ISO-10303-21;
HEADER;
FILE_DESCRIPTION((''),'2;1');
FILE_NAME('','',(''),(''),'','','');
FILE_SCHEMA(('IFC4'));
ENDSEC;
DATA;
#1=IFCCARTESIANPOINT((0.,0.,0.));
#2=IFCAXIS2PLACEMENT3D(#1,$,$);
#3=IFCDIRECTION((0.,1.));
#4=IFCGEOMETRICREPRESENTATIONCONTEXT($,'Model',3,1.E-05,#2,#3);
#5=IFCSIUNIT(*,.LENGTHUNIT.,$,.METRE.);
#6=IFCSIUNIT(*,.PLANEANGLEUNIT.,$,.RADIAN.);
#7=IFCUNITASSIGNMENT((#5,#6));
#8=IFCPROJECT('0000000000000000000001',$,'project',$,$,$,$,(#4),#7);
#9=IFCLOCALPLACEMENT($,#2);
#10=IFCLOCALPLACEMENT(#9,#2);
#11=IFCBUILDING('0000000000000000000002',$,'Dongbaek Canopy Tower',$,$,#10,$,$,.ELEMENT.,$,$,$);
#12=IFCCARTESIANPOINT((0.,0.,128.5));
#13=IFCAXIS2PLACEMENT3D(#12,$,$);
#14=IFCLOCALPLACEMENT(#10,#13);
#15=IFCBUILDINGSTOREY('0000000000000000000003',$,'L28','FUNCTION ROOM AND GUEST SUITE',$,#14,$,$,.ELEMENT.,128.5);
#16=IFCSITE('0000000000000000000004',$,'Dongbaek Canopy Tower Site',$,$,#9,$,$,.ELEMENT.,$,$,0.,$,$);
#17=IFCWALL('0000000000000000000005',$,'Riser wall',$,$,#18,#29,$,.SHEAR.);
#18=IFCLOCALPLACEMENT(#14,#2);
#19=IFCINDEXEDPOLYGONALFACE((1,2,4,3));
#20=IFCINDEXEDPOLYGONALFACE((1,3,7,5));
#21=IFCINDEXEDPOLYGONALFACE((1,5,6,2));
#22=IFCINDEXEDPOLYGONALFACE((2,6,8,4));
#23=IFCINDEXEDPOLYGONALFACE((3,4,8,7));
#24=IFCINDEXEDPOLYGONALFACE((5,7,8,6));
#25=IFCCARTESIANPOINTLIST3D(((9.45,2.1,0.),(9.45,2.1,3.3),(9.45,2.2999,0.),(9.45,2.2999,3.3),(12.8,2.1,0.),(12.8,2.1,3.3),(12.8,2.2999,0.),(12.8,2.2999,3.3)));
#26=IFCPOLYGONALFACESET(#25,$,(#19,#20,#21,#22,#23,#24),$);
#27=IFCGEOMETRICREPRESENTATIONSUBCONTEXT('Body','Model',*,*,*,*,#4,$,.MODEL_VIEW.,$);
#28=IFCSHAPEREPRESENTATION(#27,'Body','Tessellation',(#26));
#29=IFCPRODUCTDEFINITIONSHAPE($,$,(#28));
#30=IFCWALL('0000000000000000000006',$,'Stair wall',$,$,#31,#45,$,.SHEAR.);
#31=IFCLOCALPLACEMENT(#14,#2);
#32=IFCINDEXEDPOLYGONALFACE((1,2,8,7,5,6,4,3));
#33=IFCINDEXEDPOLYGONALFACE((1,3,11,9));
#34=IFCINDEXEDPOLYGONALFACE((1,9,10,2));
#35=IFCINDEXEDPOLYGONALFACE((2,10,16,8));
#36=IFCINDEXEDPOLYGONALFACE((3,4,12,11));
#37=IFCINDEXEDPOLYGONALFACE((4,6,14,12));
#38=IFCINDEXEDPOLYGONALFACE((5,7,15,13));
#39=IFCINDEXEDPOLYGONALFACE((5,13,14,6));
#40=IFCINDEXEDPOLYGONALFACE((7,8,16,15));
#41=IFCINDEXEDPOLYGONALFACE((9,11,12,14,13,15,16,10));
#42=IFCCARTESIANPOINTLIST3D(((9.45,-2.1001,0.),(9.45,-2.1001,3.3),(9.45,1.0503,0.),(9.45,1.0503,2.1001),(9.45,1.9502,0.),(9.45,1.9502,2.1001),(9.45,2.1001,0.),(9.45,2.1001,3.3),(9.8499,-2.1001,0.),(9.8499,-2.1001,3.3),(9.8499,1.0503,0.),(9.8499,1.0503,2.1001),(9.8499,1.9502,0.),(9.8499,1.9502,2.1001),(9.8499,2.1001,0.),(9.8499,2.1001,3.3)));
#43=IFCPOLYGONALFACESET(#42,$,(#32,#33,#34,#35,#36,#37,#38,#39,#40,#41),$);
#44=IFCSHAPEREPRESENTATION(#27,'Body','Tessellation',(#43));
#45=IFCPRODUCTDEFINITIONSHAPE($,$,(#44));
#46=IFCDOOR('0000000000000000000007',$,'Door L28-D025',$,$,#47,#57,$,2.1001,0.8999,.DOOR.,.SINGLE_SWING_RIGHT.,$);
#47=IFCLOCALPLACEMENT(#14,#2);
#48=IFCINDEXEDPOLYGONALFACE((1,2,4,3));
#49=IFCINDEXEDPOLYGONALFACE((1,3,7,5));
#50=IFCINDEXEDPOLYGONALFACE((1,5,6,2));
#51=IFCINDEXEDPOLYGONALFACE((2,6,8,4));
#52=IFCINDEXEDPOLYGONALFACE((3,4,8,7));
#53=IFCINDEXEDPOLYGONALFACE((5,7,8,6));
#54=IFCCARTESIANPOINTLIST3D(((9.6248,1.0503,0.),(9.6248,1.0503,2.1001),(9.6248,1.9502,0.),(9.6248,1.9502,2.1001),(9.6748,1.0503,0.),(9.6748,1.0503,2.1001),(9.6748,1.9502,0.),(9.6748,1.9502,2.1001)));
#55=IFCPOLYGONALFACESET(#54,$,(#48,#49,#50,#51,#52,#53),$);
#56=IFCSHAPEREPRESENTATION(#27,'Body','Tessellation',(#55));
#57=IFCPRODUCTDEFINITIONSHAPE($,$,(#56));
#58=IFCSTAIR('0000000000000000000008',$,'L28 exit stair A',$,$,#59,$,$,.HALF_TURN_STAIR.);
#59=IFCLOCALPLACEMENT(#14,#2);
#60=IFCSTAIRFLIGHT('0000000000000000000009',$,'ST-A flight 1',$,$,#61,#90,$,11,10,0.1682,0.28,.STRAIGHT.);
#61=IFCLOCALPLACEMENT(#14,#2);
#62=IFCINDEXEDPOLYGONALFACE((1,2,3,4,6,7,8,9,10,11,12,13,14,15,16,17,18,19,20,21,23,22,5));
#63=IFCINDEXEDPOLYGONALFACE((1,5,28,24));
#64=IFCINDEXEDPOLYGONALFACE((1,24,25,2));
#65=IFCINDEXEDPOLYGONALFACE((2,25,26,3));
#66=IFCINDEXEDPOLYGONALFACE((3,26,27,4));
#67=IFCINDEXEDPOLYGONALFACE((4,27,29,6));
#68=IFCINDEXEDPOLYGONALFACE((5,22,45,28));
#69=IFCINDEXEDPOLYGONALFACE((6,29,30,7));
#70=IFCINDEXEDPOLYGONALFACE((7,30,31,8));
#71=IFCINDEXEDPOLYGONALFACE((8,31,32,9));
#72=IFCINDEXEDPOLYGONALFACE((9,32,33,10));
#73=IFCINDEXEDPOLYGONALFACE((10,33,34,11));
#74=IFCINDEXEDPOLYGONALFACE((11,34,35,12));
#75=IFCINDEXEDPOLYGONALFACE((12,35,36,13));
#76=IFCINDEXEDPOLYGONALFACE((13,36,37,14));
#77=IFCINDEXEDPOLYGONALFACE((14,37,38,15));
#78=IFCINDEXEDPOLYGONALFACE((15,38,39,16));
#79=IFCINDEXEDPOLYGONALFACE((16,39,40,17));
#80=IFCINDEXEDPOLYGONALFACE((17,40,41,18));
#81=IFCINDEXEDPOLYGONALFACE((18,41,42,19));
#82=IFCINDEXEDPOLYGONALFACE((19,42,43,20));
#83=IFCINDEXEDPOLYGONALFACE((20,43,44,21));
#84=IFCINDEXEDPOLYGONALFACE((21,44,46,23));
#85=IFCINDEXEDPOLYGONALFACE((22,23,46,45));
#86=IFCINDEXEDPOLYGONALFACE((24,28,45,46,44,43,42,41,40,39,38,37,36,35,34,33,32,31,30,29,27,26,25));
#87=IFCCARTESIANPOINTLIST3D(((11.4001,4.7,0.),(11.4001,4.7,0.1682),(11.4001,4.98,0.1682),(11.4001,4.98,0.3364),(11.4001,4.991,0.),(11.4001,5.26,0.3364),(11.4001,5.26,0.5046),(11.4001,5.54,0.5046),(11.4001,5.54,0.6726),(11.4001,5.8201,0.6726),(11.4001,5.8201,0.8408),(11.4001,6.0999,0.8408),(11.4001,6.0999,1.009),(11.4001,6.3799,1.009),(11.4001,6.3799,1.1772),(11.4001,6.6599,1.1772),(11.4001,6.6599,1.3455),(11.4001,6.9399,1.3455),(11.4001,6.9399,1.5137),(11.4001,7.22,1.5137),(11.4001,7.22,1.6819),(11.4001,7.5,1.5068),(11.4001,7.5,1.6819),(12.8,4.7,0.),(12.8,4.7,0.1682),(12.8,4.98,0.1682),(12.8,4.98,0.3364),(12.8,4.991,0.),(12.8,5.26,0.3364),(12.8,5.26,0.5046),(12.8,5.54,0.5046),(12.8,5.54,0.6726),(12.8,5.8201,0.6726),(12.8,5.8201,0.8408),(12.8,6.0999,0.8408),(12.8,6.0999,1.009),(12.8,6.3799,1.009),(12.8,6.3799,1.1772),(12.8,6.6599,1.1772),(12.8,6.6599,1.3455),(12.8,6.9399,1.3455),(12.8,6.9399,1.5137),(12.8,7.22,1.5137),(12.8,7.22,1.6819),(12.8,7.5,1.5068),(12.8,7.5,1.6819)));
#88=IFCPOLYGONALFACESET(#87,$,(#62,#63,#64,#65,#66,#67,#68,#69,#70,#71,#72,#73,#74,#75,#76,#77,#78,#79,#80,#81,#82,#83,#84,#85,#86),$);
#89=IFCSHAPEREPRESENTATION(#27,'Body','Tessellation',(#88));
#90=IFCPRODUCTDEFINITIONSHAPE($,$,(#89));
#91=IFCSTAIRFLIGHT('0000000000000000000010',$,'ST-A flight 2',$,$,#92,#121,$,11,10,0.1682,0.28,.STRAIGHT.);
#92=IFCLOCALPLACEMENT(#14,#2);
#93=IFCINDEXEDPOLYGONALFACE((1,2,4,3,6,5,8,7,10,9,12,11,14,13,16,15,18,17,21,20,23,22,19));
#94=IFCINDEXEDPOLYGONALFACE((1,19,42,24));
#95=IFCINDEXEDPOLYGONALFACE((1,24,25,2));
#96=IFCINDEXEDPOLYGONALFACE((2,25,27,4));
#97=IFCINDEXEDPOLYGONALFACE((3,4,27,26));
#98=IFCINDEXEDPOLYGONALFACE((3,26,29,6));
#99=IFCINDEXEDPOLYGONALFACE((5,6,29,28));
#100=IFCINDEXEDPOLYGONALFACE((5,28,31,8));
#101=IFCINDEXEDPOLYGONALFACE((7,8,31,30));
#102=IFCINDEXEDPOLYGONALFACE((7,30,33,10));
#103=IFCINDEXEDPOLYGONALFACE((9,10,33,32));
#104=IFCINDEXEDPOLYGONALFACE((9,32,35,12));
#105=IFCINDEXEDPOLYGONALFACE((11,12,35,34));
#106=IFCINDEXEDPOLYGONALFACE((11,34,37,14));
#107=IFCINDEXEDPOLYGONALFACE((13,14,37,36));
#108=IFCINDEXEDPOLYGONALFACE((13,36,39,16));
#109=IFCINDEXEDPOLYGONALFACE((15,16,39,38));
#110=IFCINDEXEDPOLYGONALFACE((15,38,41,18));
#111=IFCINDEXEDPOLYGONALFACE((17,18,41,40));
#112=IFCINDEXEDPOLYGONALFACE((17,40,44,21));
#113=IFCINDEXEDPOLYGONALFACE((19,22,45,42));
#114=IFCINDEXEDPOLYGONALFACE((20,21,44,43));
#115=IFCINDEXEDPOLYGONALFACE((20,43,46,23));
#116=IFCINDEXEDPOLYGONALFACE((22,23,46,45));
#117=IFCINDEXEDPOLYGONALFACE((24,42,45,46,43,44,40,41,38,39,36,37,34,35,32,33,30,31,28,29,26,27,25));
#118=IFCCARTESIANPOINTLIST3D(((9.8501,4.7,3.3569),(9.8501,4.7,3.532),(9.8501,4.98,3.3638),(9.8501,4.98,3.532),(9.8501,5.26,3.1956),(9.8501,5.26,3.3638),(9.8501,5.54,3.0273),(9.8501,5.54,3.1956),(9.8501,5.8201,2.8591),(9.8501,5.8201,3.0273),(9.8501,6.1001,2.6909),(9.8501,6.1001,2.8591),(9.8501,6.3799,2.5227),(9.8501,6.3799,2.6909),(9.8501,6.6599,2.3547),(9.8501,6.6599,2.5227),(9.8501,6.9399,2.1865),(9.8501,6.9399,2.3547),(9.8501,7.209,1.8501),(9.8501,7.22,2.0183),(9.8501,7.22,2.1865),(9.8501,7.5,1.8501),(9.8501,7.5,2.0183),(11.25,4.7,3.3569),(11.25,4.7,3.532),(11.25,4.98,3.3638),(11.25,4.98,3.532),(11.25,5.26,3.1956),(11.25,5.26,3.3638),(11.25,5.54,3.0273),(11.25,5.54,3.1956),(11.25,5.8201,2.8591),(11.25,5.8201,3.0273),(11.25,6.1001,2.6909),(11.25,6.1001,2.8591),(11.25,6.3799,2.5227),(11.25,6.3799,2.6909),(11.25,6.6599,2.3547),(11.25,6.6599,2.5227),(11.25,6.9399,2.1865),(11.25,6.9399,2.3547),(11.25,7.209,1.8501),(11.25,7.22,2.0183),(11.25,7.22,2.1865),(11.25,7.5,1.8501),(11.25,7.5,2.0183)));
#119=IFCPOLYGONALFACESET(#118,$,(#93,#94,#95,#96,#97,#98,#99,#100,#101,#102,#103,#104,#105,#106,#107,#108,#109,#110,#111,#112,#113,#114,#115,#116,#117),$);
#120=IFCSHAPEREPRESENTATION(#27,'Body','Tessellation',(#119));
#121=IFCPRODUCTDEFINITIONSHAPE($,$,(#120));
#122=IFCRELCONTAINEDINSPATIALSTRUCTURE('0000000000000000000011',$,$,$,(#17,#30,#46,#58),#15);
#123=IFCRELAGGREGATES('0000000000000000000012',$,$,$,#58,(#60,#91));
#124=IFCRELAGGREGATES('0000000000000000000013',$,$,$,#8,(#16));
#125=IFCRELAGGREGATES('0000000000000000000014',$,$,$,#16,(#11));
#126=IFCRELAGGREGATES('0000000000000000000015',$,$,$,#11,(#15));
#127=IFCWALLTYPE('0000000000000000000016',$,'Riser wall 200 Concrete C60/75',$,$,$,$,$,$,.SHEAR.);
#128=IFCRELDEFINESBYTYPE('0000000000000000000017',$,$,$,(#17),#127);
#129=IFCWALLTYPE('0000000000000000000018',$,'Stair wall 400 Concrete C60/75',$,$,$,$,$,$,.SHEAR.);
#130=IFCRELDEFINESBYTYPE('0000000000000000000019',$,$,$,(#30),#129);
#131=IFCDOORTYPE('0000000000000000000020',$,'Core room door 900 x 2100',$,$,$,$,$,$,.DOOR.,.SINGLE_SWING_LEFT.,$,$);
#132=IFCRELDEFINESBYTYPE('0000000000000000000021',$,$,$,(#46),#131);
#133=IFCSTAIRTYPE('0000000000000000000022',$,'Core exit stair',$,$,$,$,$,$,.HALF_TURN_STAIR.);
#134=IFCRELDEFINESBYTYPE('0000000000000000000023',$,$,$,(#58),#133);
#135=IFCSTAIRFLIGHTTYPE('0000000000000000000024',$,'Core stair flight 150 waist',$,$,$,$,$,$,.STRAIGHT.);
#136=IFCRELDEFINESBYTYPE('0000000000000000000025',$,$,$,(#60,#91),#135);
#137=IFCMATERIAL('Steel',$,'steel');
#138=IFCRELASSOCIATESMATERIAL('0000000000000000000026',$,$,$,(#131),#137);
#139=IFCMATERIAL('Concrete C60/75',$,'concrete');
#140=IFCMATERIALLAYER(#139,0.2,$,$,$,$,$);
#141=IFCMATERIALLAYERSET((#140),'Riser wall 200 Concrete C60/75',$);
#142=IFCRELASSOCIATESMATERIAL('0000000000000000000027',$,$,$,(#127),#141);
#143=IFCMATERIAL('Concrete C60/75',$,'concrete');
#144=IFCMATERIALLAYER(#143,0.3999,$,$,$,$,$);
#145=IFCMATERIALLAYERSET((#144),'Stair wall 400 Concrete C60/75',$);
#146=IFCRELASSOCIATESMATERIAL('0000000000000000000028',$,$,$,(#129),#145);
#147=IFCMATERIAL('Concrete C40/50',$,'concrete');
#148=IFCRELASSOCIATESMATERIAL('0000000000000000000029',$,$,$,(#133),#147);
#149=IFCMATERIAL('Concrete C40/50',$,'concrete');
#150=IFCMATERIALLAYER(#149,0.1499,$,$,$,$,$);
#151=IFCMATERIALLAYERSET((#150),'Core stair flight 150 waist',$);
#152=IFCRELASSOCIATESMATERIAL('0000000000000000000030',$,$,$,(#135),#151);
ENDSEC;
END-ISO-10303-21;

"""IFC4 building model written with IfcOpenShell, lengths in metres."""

from ifc_helpers import new_model, si_unit, direction, frame, frame_2d, origin, place, context, subcontext, project, spatial, polyline, rectangle, outline, extrude, material, layer, layer_set, type_object, element, fill, aggregate, save


model = new_model("IFC4")

# Units and contexts
model_context = context("Model", 3, precision=1e-05, world=origin(), true_north=direction((0.0, 1.0)))
body_context = subcontext(model_context, "Body", "Model", "MODEL_VIEW")
ifc_project = project(units=[si_unit("LENGTHUNIT", "METRE"), si_unit("PLANEANGLEUNIT", "RADIAN")], contexts=[model_context])

# Site, building, storey
site_placement = place(None, origin())
site = spatial("IfcSite", under=ifc_project, at=site_placement, Name="Dongbaek Canopy Tower Site", CompositionType="ELEMENT", RefElevation=0.0)
building_placement = place(site_placement, origin())
building = spatial("IfcBuilding", under=site, at=building_placement, Name="Dongbaek Canopy Tower", CompositionType="ELEMENT")
storey_placement = place(building_placement, frame((0.0, 0.0, 128.5)))
storey = spatial("IfcBuildingStorey", under=building, at=storey_placement, Name="L28", Description="FUNCTION ROOM AND GUEST SUITE", CompositionType="ELEMENT", Elevation=128.5)

# Shared definitions
ifc_material_1 = material(Name="Steel", Category="steel")
door_type_1 = type_object("IfcDoorType", Name="Core room door 900 x 2100", OperationType="SINGLE_SWING_LEFT", PredefinedType="DOOR", material=ifc_material_1)

# Wall
ifc_material_2 = material(Name="Concrete C60/75", Category="concrete")
ifc_layer_1 = layer(ifc_material_2, 0.2)
ifc_layer_set_1 = layer_set([ifc_layer_1], Name="Riser wall 200 Concrete C60/75")
wall_type_1 = type_object("IfcWallType", Name="Riser wall 200 Concrete C60/75", PredefinedType="SHEAR", material=ifc_layer_set_1)
wall_1_placement = place(storey_placement, frame((9.45, 2.2, 0.0), z_axis=(0.0, 0.0, 1.0), x_axis=(1.0, 0.0, 0.0)))
element("IfcWall", 1, at=wall_1_placement, inside=storey, type_object=wall_type_1, Name="Riser wall", PredefinedType="SHEAR", context=body_context, shape_type="SweptSolid", body=[
    extrude(rectangle(XDim=3.3501, YDim=0.2, at=frame_2d((1.675, 0.0))), origin(), (0.0, 0.0, 1.0), 3.3),
])

# Wall, opening, door
ifc_material_3 = material(Name="Concrete C60/75", Category="concrete")
ifc_layer_2 = layer(ifc_material_3, 0.3999)
ifc_layer_set_2 = layer_set([ifc_layer_2], Name="Stair wall 400 Concrete C60/75")
wall_type_2 = type_object("IfcWallType", Name="Stair wall 400 Concrete C60/75", PredefinedType="SHEAR", material=ifc_layer_set_2)
wall_2_placement = place(storey_placement, frame((9.6499, 2.1001, 0.0), z_axis=(0.0, 0.0, 1.0), x_axis=(0.0, -1.0, 0.0)))
wall_2 = element("IfcWall", 2, at=wall_2_placement, inside=storey, type_object=wall_type_2, Name="Stair wall", PredefinedType="SHEAR", context=body_context, shape_type="SweptSolid", body=[
    extrude(rectangle(XDim=4.2002, YDim=0.3999, at=frame_2d((2.1001, 0.0))), origin(), (0.0, 0.0, 1.0), 3.3),
])
opening_1_placement = place(wall_2_placement, frame((0.1499, 0.0, 0.0)))
opening_1 = element("IfcOpeningElement", 3, at=opening_1_placement, cuts=wall_2, PredefinedType="OPENING", context=body_context, shape_type="SweptSolid", body=[
    extrude(rectangle(XDim=0.8999, YDim=2.1001, at=frame_2d((0.45, 1.05))), frame((0.0, 0.21, 0.0), z_axis=(0.0, -1.0, 0.0), x_axis=(1.0, 0.0, 0.0)), (0.0, 0.0, 1.0), 0.4199),
])
door_1_placement = place(opening_1_placement, origin())
door_1 = element("IfcDoor", 4, at=door_1_placement, inside=storey, type_object=door_type_1, Name="Door L28-D025", OperationType="SINGLE_SWING_RIGHT", OverallHeight=2.1001, OverallWidth=0.8999, PredefinedType="DOOR", context=body_context, shape_type="SweptSolid", body=[
    extrude(rectangle(XDim=0.8999, YDim=2.1001, at=frame_2d((0.45, 1.05))), frame((0.0, 0.0249, 0.0), z_axis=(0.0, -1.0, 0.0), x_axis=(1.0, 0.0, 0.0)), (0.0, 0.0, 1.0), 0.05),
])
fill(opening_1, door_1)

# Stair, stair flights
ifc_material_4 = material(Name="Concrete C40/50", Category="concrete")
stair_type = type_object("IfcStairType", Name="Core exit stair", PredefinedType="HALF_TURN_STAIR", material=ifc_material_4)
stair_placement = place(storey_placement, origin())
stair = element("IfcStair", 5, at=stair_placement, inside=storey, type_object=stair_type, Name="L28 exit stair A", PredefinedType="HALF_TURN_STAIR")
ifc_material_5 = material(Name="Concrete C40/50", Category="concrete")
ifc_layer_3 = layer(ifc_material_5, 0.1499)
ifc_layer_set_3 = layer_set([ifc_layer_3], Name="Core stair flight 150 waist")
stair_flight_type = type_object("IfcStairFlightType", Name="Core stair flight 150 waist", PredefinedType="STRAIGHT", material=ifc_layer_set_3)
stair_flight_1_placement = place(storey_placement, frame((12.1001, 4.7, 0.0), z_axis=(0.0, 0.0, 1.0), x_axis=(0.0, 1.0, 0.0)))
stair_flight_1 = element("IfcStairFlight", 6, at=stair_flight_1_placement, type_object=stair_flight_type, Name="ST-A flight 1", NumberOfRisers=11, NumberOfTreads=10, PredefinedType="STRAIGHT", RiserHeight=0.1682, TreadLength=0.28, context=body_context, shape_type="SweptSolid", body=[
    extrude(outline(polyline([(0.0, 0.0), (0.0, 0.1682), (0.28, 0.1682), (0.28, 0.3364), (0.5601, 0.3364), (0.5601, 0.5046), (0.8401, 0.5046), (0.8401, 0.6726), (1.1201, 0.6726), (1.1201, 0.8408), (1.3999, 0.8408), (1.3999, 1.009), (1.6799, 1.009), (1.6799, 1.1772), (1.96, 1.1772), (1.96, 1.3455), (2.24, 1.3455), (2.24, 1.5137), (2.52, 1.5137), (2.52, 1.6819), (2.8, 1.6819), (2.8, 1.8501), (2.8, 1.5068), (0.291, 0.0), (0.0, 0.0)])), frame((0.0, 0.7, 0.0), z_axis=(0.0, -1.0, 0.0), x_axis=(1.0, 0.0, 0.0)), (0.0, 0.0, 1.0), 1.3999),
])
stair_flight_2_placement = place(storey_placement, frame((10.55, 7.5, 1.8501), z_axis=(0.0, 0.0, 1.0), x_axis=(0.0, -1.0, 0.0)))
stair_flight_2 = element("IfcStairFlight", 7, at=stair_flight_2_placement, type_object=stair_flight_type, Name="ST-A flight 2", NumberOfRisers=11, NumberOfTreads=10, PredefinedType="STRAIGHT", RiserHeight=0.1682, TreadLength=0.28, context=body_context, shape_type="SweptSolid", body=[
    extrude(outline(polyline([(0.0, 0.0), (0.0, 0.1682), (0.28, 0.1682), (0.28, 0.3364), (0.5601, 0.3364), (0.5601, 0.5046), (0.8401, 0.5046), (0.8401, 0.6726), (1.1201, 0.6726), (1.1201, 0.8408), (1.3999, 0.8408), (1.3999, 1.009), (1.6799, 1.009), (1.6799, 1.1772), (1.96, 1.1772), (1.96, 1.3455), (2.24, 1.3455), (2.24, 1.5137), (2.52, 1.5137), (2.52, 1.6819), (2.8, 1.6819), (2.8, 1.8501), (2.8, 1.5068), (0.291, 0.0), (0.0, 0.0)])), frame((0.0, 0.7, 0.0), z_axis=(0.0, -1.0, 0.0), x_axis=(1.0, 0.0, 0.0)), (0.0, 0.0, 1.0), 1.3999),
])
aggregate(stair, [stair_flight_1, stair_flight_2])

save(model, "model.ifc")
